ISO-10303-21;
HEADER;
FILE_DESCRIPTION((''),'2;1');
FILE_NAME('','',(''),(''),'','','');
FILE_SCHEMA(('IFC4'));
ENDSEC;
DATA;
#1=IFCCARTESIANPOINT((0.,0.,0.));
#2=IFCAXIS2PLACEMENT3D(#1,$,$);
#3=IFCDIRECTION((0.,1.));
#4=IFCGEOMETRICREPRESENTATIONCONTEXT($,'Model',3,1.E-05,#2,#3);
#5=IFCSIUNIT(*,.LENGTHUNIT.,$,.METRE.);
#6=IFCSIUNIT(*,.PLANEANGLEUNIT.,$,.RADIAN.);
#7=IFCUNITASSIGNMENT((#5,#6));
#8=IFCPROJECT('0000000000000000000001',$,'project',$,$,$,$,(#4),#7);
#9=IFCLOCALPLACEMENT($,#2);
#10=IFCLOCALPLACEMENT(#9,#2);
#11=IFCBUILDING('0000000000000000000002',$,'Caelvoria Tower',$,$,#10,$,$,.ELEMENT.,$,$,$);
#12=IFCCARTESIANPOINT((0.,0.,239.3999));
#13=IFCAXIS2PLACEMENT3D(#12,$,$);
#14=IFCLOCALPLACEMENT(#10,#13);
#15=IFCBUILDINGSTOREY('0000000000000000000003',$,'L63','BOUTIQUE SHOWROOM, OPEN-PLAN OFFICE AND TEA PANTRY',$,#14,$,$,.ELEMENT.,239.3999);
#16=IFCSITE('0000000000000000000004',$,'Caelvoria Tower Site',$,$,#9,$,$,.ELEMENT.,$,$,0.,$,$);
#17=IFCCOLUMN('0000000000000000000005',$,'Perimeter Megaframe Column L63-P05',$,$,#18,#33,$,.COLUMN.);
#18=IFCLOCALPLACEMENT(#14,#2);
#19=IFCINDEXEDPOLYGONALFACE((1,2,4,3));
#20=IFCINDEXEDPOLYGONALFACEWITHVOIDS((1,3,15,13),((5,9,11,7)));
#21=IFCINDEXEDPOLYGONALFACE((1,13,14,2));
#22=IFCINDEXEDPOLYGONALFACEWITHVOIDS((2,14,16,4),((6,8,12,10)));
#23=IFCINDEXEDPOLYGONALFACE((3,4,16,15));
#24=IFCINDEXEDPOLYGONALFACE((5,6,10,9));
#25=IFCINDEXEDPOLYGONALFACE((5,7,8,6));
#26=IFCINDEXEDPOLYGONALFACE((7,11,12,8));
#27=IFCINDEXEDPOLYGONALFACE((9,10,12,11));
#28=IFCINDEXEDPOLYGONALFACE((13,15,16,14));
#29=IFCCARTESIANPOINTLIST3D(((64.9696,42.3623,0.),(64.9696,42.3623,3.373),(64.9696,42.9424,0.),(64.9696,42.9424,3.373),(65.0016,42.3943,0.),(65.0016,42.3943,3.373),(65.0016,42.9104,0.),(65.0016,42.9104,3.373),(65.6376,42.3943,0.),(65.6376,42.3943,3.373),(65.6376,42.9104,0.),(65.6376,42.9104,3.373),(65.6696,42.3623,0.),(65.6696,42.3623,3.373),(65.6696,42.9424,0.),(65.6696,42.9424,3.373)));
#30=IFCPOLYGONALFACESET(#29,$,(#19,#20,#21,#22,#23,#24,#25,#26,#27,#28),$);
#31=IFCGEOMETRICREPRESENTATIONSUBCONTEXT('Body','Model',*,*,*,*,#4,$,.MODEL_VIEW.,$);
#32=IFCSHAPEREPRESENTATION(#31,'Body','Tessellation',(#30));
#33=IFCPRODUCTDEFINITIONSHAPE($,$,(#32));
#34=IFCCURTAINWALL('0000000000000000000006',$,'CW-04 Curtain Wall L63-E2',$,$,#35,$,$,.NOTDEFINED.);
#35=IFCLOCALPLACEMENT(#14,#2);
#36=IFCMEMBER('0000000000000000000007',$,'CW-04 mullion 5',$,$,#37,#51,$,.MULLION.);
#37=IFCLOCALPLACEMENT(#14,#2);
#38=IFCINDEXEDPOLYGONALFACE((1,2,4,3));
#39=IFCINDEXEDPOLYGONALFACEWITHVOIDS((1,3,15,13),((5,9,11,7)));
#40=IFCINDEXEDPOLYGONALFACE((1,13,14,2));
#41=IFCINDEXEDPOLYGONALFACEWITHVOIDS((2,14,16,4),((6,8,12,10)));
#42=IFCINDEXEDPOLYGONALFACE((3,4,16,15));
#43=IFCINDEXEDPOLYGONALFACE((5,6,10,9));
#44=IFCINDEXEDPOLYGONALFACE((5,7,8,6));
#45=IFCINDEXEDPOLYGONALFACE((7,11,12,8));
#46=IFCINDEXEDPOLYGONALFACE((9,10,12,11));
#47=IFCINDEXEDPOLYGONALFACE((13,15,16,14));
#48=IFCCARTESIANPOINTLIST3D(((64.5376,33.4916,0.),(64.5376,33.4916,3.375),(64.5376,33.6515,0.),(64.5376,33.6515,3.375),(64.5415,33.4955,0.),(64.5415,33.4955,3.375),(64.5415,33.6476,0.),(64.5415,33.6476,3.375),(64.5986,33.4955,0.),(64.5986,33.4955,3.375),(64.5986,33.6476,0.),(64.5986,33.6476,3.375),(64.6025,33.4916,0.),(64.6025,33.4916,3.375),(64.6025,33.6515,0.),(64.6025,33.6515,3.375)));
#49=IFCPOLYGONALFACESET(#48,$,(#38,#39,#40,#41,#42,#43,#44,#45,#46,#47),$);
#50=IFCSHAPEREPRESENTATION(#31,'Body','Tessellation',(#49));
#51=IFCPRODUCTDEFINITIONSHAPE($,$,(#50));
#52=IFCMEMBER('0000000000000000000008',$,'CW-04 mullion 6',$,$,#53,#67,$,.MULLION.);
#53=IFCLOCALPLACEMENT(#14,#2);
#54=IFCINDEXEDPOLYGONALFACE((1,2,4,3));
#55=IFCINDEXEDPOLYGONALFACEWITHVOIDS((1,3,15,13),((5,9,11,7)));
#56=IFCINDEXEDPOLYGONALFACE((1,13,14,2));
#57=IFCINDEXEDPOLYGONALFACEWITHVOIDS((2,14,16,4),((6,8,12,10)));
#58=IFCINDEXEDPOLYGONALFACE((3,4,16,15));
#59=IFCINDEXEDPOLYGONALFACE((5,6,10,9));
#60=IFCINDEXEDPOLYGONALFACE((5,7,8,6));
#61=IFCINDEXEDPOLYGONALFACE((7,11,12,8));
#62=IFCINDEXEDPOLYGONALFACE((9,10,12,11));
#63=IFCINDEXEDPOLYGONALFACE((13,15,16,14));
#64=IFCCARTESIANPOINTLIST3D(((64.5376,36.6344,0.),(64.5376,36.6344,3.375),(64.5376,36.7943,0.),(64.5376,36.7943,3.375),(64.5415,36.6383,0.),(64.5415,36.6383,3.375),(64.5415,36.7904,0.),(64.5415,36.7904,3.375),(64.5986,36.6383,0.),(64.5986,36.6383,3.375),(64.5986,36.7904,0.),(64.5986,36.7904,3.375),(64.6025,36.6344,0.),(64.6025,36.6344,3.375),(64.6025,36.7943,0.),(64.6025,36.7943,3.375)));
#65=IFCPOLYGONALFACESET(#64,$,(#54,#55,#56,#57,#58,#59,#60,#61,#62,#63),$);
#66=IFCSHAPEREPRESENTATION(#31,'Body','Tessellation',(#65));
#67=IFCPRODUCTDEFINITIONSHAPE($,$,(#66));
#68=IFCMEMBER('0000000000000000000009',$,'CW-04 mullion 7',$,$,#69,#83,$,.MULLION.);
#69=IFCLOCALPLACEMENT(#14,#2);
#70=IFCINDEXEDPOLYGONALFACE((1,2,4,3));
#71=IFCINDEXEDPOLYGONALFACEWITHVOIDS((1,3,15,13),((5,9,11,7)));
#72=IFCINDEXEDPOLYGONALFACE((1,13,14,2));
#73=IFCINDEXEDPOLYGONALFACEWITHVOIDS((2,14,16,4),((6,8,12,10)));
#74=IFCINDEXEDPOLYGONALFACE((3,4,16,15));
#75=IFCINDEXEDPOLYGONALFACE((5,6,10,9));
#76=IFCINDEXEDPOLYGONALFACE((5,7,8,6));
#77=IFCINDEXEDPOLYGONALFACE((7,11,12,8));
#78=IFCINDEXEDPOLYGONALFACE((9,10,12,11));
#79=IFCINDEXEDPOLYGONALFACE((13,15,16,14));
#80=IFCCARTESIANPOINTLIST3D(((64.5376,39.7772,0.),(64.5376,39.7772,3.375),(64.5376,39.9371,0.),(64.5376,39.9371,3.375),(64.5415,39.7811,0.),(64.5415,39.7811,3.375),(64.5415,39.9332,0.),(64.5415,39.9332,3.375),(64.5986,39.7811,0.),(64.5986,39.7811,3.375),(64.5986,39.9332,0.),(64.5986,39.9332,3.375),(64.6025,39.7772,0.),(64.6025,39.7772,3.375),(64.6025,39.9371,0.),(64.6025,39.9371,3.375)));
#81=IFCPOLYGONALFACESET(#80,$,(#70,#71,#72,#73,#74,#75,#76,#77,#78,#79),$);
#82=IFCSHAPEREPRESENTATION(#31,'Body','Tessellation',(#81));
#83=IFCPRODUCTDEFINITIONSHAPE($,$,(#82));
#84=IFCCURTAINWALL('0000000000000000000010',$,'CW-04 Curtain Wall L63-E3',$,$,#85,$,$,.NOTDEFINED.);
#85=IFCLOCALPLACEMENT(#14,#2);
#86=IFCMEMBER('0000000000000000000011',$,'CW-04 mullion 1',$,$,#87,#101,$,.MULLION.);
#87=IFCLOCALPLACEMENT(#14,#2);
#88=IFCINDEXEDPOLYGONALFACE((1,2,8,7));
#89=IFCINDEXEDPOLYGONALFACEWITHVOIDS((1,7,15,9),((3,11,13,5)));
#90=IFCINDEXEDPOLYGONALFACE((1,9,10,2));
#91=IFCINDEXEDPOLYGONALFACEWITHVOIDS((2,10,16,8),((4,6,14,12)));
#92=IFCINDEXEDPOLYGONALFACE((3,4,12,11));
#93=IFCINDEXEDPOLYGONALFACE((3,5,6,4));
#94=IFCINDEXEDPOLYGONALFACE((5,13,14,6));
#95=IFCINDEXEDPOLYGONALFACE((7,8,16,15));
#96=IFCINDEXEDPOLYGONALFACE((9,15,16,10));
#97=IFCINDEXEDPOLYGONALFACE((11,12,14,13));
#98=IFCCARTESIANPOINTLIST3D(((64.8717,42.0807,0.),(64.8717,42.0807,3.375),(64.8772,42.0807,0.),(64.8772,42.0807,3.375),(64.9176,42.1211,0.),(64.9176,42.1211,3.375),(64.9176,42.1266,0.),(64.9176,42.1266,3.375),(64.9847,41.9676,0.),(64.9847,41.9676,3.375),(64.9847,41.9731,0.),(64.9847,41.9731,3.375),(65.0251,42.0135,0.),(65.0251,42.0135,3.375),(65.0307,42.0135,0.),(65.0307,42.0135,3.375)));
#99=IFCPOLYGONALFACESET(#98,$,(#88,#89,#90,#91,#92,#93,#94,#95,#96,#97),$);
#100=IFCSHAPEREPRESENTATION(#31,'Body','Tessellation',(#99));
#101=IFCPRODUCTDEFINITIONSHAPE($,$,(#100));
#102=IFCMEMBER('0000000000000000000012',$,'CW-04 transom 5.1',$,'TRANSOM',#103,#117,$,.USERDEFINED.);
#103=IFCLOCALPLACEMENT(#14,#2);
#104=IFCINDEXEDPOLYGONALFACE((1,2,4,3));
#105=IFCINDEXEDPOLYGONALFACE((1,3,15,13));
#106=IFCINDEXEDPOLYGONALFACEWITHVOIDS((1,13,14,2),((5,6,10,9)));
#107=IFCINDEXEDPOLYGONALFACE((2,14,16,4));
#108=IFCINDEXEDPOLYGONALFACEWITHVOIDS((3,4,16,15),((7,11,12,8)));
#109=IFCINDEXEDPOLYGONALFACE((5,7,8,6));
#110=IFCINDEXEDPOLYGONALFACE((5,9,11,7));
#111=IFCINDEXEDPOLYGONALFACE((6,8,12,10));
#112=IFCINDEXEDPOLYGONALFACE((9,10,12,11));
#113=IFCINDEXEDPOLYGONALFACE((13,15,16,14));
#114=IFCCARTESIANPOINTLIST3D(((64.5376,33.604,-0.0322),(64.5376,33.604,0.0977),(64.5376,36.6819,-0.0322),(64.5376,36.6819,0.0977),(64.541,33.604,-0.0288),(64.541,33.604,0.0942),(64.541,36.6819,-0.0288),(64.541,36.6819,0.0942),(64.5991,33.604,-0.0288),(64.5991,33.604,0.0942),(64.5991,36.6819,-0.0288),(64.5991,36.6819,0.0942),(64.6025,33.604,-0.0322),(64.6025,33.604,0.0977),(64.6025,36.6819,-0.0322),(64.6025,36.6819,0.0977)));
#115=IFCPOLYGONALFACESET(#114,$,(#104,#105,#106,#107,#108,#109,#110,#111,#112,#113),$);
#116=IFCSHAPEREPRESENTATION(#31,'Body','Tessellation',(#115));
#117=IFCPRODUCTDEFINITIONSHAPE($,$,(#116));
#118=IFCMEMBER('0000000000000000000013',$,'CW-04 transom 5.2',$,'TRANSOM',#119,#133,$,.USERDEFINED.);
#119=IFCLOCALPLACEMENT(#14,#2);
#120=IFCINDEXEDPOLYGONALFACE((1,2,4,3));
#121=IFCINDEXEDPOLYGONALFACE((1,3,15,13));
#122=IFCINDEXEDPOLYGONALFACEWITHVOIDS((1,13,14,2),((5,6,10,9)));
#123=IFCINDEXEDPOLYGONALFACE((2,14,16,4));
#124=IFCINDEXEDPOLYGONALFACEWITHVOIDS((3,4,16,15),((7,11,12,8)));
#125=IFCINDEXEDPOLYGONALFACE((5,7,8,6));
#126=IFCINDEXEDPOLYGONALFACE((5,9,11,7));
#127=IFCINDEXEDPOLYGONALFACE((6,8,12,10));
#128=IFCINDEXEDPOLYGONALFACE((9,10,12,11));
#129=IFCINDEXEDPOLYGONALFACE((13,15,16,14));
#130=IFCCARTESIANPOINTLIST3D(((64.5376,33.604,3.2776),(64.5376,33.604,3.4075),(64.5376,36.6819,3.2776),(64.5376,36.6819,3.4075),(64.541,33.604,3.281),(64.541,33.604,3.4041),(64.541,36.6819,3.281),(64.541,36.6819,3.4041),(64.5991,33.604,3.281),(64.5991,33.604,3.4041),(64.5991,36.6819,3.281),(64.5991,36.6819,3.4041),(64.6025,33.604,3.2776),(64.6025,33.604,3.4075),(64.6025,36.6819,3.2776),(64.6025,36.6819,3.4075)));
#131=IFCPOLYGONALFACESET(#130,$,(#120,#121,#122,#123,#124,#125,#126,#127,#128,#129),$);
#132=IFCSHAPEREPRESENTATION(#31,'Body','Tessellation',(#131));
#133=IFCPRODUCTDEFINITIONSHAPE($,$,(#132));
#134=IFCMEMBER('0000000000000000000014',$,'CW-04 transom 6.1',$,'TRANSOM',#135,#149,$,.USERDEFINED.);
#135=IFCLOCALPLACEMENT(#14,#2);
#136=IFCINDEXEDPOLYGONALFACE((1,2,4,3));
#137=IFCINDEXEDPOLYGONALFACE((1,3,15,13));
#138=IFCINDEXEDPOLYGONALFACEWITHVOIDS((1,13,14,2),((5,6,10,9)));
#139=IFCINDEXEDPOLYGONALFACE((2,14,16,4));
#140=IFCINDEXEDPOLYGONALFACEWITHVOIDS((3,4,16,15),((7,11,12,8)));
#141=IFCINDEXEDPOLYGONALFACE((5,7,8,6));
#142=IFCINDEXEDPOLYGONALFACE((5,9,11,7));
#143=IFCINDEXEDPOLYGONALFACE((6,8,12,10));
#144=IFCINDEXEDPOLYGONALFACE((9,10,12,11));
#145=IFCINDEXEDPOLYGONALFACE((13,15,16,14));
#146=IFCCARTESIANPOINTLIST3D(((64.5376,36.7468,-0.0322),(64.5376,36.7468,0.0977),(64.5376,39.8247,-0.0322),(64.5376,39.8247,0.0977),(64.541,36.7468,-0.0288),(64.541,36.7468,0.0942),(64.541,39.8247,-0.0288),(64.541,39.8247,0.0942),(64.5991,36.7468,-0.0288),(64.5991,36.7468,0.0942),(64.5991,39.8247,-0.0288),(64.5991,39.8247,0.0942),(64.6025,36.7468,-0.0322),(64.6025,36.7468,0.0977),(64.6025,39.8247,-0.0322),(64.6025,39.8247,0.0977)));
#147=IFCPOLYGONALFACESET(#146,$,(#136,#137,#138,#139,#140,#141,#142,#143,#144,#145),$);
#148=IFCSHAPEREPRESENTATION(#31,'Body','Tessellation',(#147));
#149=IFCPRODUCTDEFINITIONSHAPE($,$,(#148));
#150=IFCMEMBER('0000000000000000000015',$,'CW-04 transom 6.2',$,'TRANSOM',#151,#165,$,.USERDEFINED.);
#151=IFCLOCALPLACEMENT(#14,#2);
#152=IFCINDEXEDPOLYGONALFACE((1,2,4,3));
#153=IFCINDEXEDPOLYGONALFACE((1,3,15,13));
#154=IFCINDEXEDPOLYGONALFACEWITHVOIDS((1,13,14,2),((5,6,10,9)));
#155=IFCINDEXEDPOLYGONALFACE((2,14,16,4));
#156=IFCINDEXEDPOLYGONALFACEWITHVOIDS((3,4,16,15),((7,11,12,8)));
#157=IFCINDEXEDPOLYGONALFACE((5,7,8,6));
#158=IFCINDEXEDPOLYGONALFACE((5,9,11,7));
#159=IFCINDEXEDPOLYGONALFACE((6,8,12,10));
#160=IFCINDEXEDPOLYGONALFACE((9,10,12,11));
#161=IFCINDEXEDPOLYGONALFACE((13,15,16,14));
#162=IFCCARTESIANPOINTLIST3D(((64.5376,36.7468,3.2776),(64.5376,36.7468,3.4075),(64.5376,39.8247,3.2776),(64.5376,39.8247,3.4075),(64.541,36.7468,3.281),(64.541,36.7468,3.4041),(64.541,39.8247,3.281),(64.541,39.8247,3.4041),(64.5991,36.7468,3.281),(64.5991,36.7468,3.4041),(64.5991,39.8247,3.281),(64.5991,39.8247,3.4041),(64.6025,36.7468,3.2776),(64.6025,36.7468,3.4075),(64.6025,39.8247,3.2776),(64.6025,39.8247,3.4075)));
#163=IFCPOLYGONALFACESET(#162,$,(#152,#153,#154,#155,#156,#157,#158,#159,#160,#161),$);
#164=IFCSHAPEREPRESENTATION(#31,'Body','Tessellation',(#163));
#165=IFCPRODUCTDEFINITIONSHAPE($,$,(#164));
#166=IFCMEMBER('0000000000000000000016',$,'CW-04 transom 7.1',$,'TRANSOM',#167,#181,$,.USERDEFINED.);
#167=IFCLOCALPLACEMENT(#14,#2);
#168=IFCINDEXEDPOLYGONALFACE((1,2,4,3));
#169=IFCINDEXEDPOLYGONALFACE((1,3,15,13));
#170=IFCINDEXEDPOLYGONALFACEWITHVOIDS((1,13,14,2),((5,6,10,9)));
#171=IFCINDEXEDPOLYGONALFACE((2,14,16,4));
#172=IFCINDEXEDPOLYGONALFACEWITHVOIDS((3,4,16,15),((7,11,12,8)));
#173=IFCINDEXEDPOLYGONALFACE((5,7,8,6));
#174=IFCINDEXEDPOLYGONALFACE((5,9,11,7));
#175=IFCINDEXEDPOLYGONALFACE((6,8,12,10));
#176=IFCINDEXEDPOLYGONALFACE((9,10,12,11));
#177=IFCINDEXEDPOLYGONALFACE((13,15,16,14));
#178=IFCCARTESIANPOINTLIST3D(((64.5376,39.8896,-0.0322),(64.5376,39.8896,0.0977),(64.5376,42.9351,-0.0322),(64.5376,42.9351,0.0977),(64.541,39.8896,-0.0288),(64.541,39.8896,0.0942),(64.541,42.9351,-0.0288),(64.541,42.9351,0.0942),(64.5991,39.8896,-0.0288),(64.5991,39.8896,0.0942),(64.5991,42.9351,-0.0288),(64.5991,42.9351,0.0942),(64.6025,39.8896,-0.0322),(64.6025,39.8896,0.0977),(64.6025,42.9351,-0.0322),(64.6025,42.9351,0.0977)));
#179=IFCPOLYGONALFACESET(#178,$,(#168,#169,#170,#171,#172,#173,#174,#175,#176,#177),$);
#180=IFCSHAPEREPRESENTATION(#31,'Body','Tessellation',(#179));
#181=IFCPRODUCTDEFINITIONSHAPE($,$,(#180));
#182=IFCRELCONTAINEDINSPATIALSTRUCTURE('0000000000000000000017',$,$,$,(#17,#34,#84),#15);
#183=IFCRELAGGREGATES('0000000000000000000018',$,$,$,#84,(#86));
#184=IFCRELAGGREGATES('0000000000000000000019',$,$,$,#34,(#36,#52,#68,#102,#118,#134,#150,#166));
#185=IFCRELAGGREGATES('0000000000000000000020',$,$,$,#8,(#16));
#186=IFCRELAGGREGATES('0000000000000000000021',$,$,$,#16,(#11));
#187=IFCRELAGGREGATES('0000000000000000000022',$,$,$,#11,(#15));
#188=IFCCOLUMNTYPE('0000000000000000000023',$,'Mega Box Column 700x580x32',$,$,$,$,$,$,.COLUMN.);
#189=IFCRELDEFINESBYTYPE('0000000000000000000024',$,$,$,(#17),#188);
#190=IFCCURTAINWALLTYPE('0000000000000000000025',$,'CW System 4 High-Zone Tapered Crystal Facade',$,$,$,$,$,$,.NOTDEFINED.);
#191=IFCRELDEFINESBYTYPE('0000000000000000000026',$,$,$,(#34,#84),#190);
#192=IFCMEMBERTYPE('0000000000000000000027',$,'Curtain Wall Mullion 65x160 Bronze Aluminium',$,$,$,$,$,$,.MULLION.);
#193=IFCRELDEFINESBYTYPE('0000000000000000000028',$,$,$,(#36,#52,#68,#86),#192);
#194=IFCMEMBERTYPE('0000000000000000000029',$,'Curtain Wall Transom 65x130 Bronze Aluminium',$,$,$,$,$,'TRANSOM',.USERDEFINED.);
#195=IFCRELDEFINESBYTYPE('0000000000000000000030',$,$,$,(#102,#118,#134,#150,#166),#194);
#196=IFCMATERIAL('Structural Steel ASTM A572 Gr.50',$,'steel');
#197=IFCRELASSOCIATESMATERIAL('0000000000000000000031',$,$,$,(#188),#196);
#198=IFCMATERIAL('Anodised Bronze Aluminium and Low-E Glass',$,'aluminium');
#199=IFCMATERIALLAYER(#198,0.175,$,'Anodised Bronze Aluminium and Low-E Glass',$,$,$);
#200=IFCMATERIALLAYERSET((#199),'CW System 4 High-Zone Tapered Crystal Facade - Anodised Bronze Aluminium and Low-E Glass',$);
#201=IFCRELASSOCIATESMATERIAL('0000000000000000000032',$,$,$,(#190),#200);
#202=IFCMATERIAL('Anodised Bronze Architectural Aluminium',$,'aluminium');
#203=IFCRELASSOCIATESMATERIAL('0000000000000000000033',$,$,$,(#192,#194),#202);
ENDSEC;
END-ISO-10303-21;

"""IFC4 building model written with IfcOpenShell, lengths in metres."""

from ifc_helpers import new_model, si_unit, direction, frame, origin, origin_2d, place, context, subcontext, project, spatial, hollow_rectangle, extrude, material, layer, layer_set, material_profile, profile_set, type_object, element, aggregate, save


model = new_model("IFC4")

# Units and contexts
model_context = context("Model", 3, precision=1e-05, world=origin(), true_north=direction((0.0, 1.0)))
body_context = subcontext(model_context, "Body", "Model", "MODEL_VIEW")
ifc_project = project(units=[si_unit("LENGTHUNIT", "METRE"), si_unit("PLANEANGLEUNIT", "RADIAN")], contexts=[model_context])

# Site, building, storey
site_placement = place(None, origin())
site = spatial("IfcSite", under=ifc_project, at=site_placement, Name="Caelvoria Tower Site", CompositionType="ELEMENT", RefElevation=0.0)
building_placement = place(site_placement, origin())
building = spatial("IfcBuilding", under=site, at=building_placement, Name="Caelvoria Tower", CompositionType="ELEMENT")
storey_placement = place(building_placement, frame((0.0, 0.0, 239.3999)))
storey = spatial("IfcBuildingStorey", under=building, at=storey_placement, Name="L63", Description="BOUTIQUE SHOWROOM, OPEN-PLAN OFFICE AND TEA PANTRY", CompositionType="ELEMENT", Elevation=239.3999)

# Column
ifc_material_1 = material(Name="Structural Steel ASTM A572 Gr.50", Category="steel")
ifc_material_profile_1 = material_profile(ifc_material_1, hollow_rectangle(XDim=0.5801, YDim=0.7, WallThickness=0.032, at=origin_2d()), Name="Structural Steel ASTM A572 Gr.50")
ifc_profile_set_1 = profile_set([ifc_material_profile_1], Name="BOX700X580X32 - Structural Steel ASTM A572 Gr.50")
column_type = type_object("IfcColumnType", Name="Mega Box Column 700x580x32", PredefinedType="COLUMN", material=ifc_profile_set_1)
column_placement = place(storey_placement, frame((65.3196, 42.6523, 0.0), z_axis=(0.0, 0.0, 1.0), x_axis=(0.0, 1.0, 0.0)))
element("IfcColumn", 1, at=column_placement, inside=storey, type_object=column_type, Name="Perimeter Megaframe Column L63-P05", PredefinedType="COLUMN", context=body_context, shape_type="SweptSolid", body=[
    extrude(hollow_rectangle(XDim=0.5801, YDim=0.7, WallThickness=0.032, at=origin_2d()), origin(), (0.0, 0.0, 1.0), 3.373),
])

# Curtain wall, members
ifc_material_2 = material(Name="Anodised Bronze Aluminium and Low-E Glass", Category="aluminium")
ifc_layer_1 = layer(ifc_material_2, 0.175, Name="Anodised Bronze Aluminium and Low-E Glass")
ifc_layer_set_1 = layer_set([ifc_layer_1], Name="CW System 4 High-Zone Tapered Crystal Facade - Anodised Bronze Aluminium and Low-E Glass")
curtain_wall_type = type_object("IfcCurtainWallType", Name="CW System 4 High-Zone Tapered Crystal Facade", PredefinedType="NOTDEFINED", material=ifc_layer_set_1)
curtain_wall_1_placement = place(storey_placement, origin())
curtain_wall_1 = element("IfcCurtainWall", 2, at=curtain_wall_1_placement, inside=storey, type_object=curtain_wall_type, Name="CW-04 Curtain Wall L63-E2", PredefinedType="NOTDEFINED")
ifc_material_3 = material(Name="Anodised Bronze Architectural Aluminium", Category="aluminium")
ifc_material_profile_2 = material_profile(ifc_material_3, hollow_rectangle(XDim=0.0649, YDim=0.1599, WallThickness=0.0039, at=origin_2d()), Name="Anodised Bronze Architectural Aluminium")
ifc_profile_set_2 = profile_set([ifc_material_profile_2], Name="CW_MULL_65X160 - Anodised Bronze Architectural Aluminium")
member_type_1 = type_object("IfcMemberType", Name="Curtain Wall Mullion 65x160 Bronze Aluminium", PredefinedType="MULLION", material=ifc_profile_set_2)
member_1_placement = place(storey_placement, frame((64.5701, 33.5715, 0.0), z_axis=(0.0, 0.0, 1.0), x_axis=(-1.0, 0.0, 0.0)))
member_1 = element("IfcMember", 3, at=member_1_placement, type_object=member_type_1, Name="CW-04 mullion 5", PredefinedType="MULLION", context=body_context, shape_type="SweptSolid", body=[
    extrude(hollow_rectangle(XDim=0.0649, YDim=0.1599, WallThickness=0.0039, at=origin_2d()), origin(), (0.0, 0.0, 1.0), 3.375),
])
member_2_placement = place(storey_placement, frame((64.5701, 36.7144, 0.0), z_axis=(0.0, 0.0, 1.0), x_axis=(-1.0, 0.0, 0.0)))
member_2 = element("IfcMember", 4, at=member_2_placement, type_object=member_type_1, Name="CW-04 mullion 6", PredefinedType="MULLION", context=body_context, shape_type="SweptSolid", body=[
    extrude(hollow_rectangle(XDim=0.0649, YDim=0.1599, WallThickness=0.0039, at=origin_2d()), origin(), (0.0, 0.0, 1.0), 3.375),
])
member_3_placement = place(storey_placement, frame((64.5701, 39.8572, 0.0), z_axis=(0.0, 0.0, 1.0), x_axis=(-1.0, 0.0, 0.0)))
member_3 = element("IfcMember", 5, at=member_3_placement, type_object=member_type_1, Name="CW-04 mullion 7", PredefinedType="MULLION", context=body_context, shape_type="SweptSolid", body=[
    extrude(hollow_rectangle(XDim=0.0649, YDim=0.1599, WallThickness=0.0039, at=origin_2d()), origin(), (0.0, 0.0, 1.0), 3.375),
])

# Curtain wall, member
curtain_wall_2_placement = place(storey_placement, origin())
curtain_wall_2 = element("IfcCurtainWall", 6, at=curtain_wall_2_placement, inside=storey, type_object=curtain_wall_type, Name="CW-04 Curtain Wall L63-E3", PredefinedType="NOTDEFINED")
member_4_placement = place(storey_placement, frame((64.9512, 42.0471, 0.0), z_axis=(0.0, 0.0, 1.0), x_axis=(-0.707107, -0.707107, 0.0)))
member_4 = element("IfcMember", 7, at=member_4_placement, type_object=member_type_1, Name="CW-04 mullion 1", PredefinedType="MULLION", context=body_context, shape_type="SweptSolid", body=[
    extrude(hollow_rectangle(XDim=0.0649, YDim=0.1599, WallThickness=0.0039, at=origin_2d()), origin(), (0.0, 0.0, 1.0), 3.375),
])

# Members
ifc_material_profile_3 = material_profile(ifc_material_3, hollow_rectangle(XDim=0.0649, YDim=0.1299, WallThickness=0.0034, at=origin_2d()), Name="Anodised Bronze Architectural Aluminium")
ifc_profile_set_3 = profile_set([ifc_material_profile_3], Name="CW_TRAN_65X130 - Anodised Bronze Architectural Aluminium")
member_type_2 = type_object("IfcMemberType", Name="Curtain Wall Transom 65x130 Bronze Aluminium", ElementType="TRANSOM", PredefinedType="USERDEFINED", material=ifc_profile_set_3)
member_5_placement = place(storey_placement, frame((64.5701, 33.604, 0.0327), z_axis=(0.0, 1.0, 0.0), x_axis=(-1.0, 0.0, 0.0)))
member_5 = element("IfcMember", 8, at=member_5_placement, type_object=member_type_2, Name="CW-04 transom 5.1", ObjectType="TRANSOM", PredefinedType="USERDEFINED", context=body_context, shape_type="SweptSolid", body=[
    extrude(hollow_rectangle(XDim=0.0649, YDim=0.1299, WallThickness=0.0034, at=origin_2d()), origin(), (0.0, 0.0, 1.0), 3.0779),
])
member_6_placement = place(storey_placement, frame((64.5701, 33.604, 3.3425), z_axis=(0.0, 1.0, 0.0), x_axis=(-1.0, 0.0, 0.0)))
member_6 = element("IfcMember", 9, at=member_6_placement, type_object=member_type_2, Name="CW-04 transom 5.2", ObjectType="TRANSOM", PredefinedType="USERDEFINED", context=body_context, shape_type="SweptSolid", body=[
    extrude(hollow_rectangle(XDim=0.0649, YDim=0.1299, WallThickness=0.0034, at=origin_2d()), origin(), (0.0, 0.0, 1.0), 3.0779),
])
member_7_placement = place(storey_placement, frame((64.5701, 36.7468, 0.0327), z_axis=(0.0, 1.0, 0.0), x_axis=(-1.0, 0.0, 0.0)))
member_7 = element("IfcMember", 10, at=member_7_placement, type_object=member_type_2, Name="CW-04 transom 6.1", ObjectType="TRANSOM", PredefinedType="USERDEFINED", context=body_context, shape_type="SweptSolid", body=[
    extrude(hollow_rectangle(XDim=0.0649, YDim=0.1299, WallThickness=0.0034, at=origin_2d()), origin(), (0.0, 0.0, 1.0), 3.0779),
])
member_8_placement = place(storey_placement, frame((64.5701, 36.7468, 3.3425), z_axis=(0.0, 1.0, 0.0), x_axis=(-1.0, 0.0, 0.0)))
member_8 = element("IfcMember", 11, at=member_8_placement, type_object=member_type_2, Name="CW-04 transom 6.2", ObjectType="TRANSOM", PredefinedType="USERDEFINED", context=body_context, shape_type="SweptSolid", body=[
    extrude(hollow_rectangle(XDim=0.0649, YDim=0.1299, WallThickness=0.0034, at=origin_2d()), origin(), (0.0, 0.0, 1.0), 3.0779),
])
member_9_placement = place(storey_placement, frame((64.5701, 39.8896, 0.0327), z_axis=(0.0, 1.0, 0.0), x_axis=(-1.0, 0.0, 0.0)))
member_9 = element("IfcMember", 12, at=member_9_placement, type_object=member_type_2, Name="CW-04 transom 7.1", ObjectType="TRANSOM", PredefinedType="USERDEFINED", context=body_context, shape_type="SweptSolid", body=[
    extrude(hollow_rectangle(XDim=0.0649, YDim=0.1299, WallThickness=0.0034, at=origin_2d()), origin(), (0.0, 0.0, 1.0), 3.0454),
])
aggregate(curtain_wall_2, [member_4])

aggregate(curtain_wall_1, [member_1, member_2, member_3, member_5, member_6, member_7, member_8, member_9])

save(model, "model.ifc")
